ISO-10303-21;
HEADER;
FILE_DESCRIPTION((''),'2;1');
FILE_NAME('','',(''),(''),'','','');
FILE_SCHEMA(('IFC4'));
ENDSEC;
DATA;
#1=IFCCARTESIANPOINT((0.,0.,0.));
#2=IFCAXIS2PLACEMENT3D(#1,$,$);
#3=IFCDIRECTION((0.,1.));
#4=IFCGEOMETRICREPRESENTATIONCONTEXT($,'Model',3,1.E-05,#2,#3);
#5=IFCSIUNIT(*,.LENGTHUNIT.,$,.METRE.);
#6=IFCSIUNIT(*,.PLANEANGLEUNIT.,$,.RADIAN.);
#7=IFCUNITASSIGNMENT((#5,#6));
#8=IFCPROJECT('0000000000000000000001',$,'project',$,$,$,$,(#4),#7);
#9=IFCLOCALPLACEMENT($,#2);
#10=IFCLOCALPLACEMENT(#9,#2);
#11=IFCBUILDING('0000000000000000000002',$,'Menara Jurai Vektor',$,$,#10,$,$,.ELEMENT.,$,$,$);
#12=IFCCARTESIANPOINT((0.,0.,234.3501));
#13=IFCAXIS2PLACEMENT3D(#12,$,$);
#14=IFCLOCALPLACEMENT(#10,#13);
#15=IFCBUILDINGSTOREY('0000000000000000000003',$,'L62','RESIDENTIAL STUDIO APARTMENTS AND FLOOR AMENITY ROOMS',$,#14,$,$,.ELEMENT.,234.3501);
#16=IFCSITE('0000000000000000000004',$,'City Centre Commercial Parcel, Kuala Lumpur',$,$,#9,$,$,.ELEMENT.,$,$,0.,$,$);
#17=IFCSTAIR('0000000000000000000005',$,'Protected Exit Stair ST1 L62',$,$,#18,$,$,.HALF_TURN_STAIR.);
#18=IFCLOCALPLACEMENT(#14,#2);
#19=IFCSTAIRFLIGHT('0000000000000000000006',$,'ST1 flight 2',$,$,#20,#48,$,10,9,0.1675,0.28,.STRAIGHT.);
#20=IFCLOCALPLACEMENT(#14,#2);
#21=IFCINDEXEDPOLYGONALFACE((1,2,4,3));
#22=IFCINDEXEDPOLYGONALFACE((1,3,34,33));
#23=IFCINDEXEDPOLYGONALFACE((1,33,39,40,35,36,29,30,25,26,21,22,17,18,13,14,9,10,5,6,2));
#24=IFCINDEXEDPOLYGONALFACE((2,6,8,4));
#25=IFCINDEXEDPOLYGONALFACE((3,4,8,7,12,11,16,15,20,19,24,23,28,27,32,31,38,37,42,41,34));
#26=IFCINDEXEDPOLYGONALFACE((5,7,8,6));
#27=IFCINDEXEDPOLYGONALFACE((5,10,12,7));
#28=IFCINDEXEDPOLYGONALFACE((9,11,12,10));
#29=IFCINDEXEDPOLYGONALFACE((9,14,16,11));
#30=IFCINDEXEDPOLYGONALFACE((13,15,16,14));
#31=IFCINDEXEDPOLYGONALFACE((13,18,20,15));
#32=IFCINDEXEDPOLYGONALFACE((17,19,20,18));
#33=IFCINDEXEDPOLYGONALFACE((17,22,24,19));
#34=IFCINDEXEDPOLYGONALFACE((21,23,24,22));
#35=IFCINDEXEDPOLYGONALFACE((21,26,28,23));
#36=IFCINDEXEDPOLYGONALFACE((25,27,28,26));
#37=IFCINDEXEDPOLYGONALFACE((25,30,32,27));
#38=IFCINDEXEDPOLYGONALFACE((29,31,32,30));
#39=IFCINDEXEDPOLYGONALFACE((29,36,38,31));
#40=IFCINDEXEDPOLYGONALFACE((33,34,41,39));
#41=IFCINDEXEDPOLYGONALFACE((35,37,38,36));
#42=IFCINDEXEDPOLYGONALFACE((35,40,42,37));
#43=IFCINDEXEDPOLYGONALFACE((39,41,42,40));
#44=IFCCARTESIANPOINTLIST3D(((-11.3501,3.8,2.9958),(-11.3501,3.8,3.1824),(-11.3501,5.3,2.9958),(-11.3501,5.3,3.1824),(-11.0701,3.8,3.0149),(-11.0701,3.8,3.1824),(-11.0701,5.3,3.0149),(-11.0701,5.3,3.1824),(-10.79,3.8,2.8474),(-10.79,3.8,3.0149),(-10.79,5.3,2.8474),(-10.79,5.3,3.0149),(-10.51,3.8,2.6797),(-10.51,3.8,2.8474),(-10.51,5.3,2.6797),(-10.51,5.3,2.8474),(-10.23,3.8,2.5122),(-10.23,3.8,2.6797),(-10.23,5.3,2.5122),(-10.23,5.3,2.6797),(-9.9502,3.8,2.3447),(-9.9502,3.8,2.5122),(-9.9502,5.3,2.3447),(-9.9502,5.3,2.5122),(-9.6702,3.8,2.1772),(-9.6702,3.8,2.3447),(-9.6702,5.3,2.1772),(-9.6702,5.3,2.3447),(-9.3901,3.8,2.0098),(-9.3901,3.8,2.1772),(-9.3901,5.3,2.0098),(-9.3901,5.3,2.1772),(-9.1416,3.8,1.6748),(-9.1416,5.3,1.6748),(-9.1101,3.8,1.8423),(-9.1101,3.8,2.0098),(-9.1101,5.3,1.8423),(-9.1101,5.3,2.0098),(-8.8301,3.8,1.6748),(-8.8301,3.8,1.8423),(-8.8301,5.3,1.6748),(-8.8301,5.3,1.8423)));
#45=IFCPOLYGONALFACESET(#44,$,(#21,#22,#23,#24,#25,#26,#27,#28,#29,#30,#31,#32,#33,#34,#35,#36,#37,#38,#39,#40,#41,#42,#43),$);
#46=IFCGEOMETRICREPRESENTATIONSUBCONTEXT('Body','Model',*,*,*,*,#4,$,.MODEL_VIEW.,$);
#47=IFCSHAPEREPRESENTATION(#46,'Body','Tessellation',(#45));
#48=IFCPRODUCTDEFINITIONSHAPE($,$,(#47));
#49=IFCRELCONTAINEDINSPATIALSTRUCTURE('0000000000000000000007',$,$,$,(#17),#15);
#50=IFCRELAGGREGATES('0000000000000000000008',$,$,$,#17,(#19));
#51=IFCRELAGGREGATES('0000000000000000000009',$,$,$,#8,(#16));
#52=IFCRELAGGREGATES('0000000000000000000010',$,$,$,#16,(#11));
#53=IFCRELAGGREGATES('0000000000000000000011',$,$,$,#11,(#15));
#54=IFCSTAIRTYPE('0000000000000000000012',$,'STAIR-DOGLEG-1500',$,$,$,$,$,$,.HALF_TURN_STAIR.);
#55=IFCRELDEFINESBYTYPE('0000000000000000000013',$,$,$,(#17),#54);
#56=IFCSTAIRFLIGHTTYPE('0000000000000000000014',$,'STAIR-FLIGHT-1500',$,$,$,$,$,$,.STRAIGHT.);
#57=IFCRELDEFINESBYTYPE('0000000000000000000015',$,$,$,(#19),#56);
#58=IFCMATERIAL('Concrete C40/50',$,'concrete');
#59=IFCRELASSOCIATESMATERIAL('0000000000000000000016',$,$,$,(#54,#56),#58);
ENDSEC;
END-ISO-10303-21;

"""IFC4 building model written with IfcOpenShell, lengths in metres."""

from ifc_helpers import new_model, si_unit, direction, frame, origin, place, context, subcontext, project, spatial, polyline, outline, extrude, material, type_object, element, aggregate, save


model = new_model("IFC4")

# Units and contexts
model_context = context("Model", 3, precision=1e-05, world=origin(), true_north=direction((0.0, 1.0)))
body_context = subcontext(model_context, "Body", "Model", "MODEL_VIEW")
ifc_project = project(units=[si_unit("LENGTHUNIT", "METRE"), si_unit("PLANEANGLEUNIT", "RADIAN")], contexts=[model_context])

# Site, building, storey
site_placement = place(None, origin())
site = spatial("IfcSite", under=ifc_project, at=site_placement, Name="City Centre Commercial Parcel, Kuala Lumpur", CompositionType="ELEMENT", RefElevation=0.0)
building_placement = place(site_placement, origin())
building = spatial("IfcBuilding", under=site, at=building_placement, Name="Menara Jurai Vektor", CompositionType="ELEMENT")
storey_placement = place(building_placement, frame((0.0, 0.0, 234.3501)))
storey = spatial("IfcBuildingStorey", under=building, at=storey_placement, Name="L62", Description="RESIDENTIAL STUDIO APARTMENTS AND FLOOR AMENITY ROOMS", CompositionType="ELEMENT", Elevation=234.3501)

# Shared definitions
ifc_material_1 = material(Name="Concrete C40/50", Category="concrete")

# Stair, stair flight
stair_type = type_object("IfcStairType", Name="STAIR-DOGLEG-1500", PredefinedType="HALF_TURN_STAIR", material=ifc_material_1)
stair_placement = place(storey_placement, origin())
stair = element("IfcStair", 1, at=stair_placement, inside=storey, type_object=stair_type, Name="Protected Exit Stair ST1 L62", PredefinedType="HALF_TURN_STAIR")
stair_flight_type = type_object("IfcStairFlightType", Name="STAIR-FLIGHT-1500", PredefinedType="STRAIGHT", material=ifc_material_1)
stair_flight_placement = place(storey_placement, frame((-8.8301, 4.55, 1.6748), z_axis=(0.0, 0.0, 1.0), x_axis=(-1.0, 0.0, 0.0)))
stair_flight = element("IfcStairFlight", 2, at=stair_flight_placement, type_object=stair_flight_type, Name="ST1 flight 2", NumberOfRisers=10, NumberOfTreads=9, PredefinedType="STRAIGHT", RiserHeight=0.1675, TreadLength=0.28, context=body_context, shape_type="SweptSolid", body=[
    extrude(outline(polyline([(0.0, 0.0), (0.0, 0.1675), (0.28, 0.1675), (0.28, 0.335), (0.5601, 0.335), (0.5601, 0.5024), (0.8401, 0.5024), (0.8401, 0.6699), (1.1201, 0.6699), (1.1201, 0.8374), (1.3999, 0.8374), (1.3999, 1.0049), (1.6799, 1.0049), (1.6799, 1.1726), (1.96, 1.1726), (1.96, 1.3401), (2.24, 1.3401), (2.24, 1.5076), (2.52, 1.5076), (2.52, 1.675), (2.52, 1.321), (0.3115, 0.0), (0.0, 0.0)])), frame((0.0, 0.75, 0.0), z_axis=(0.0, -1.0, 0.0), x_axis=(1.0, 0.0, 0.0)), (0.0, 0.0, 1.0), 1.5),
])
aggregate(stair, [stair_flight])

save(model, "model.ifc")
